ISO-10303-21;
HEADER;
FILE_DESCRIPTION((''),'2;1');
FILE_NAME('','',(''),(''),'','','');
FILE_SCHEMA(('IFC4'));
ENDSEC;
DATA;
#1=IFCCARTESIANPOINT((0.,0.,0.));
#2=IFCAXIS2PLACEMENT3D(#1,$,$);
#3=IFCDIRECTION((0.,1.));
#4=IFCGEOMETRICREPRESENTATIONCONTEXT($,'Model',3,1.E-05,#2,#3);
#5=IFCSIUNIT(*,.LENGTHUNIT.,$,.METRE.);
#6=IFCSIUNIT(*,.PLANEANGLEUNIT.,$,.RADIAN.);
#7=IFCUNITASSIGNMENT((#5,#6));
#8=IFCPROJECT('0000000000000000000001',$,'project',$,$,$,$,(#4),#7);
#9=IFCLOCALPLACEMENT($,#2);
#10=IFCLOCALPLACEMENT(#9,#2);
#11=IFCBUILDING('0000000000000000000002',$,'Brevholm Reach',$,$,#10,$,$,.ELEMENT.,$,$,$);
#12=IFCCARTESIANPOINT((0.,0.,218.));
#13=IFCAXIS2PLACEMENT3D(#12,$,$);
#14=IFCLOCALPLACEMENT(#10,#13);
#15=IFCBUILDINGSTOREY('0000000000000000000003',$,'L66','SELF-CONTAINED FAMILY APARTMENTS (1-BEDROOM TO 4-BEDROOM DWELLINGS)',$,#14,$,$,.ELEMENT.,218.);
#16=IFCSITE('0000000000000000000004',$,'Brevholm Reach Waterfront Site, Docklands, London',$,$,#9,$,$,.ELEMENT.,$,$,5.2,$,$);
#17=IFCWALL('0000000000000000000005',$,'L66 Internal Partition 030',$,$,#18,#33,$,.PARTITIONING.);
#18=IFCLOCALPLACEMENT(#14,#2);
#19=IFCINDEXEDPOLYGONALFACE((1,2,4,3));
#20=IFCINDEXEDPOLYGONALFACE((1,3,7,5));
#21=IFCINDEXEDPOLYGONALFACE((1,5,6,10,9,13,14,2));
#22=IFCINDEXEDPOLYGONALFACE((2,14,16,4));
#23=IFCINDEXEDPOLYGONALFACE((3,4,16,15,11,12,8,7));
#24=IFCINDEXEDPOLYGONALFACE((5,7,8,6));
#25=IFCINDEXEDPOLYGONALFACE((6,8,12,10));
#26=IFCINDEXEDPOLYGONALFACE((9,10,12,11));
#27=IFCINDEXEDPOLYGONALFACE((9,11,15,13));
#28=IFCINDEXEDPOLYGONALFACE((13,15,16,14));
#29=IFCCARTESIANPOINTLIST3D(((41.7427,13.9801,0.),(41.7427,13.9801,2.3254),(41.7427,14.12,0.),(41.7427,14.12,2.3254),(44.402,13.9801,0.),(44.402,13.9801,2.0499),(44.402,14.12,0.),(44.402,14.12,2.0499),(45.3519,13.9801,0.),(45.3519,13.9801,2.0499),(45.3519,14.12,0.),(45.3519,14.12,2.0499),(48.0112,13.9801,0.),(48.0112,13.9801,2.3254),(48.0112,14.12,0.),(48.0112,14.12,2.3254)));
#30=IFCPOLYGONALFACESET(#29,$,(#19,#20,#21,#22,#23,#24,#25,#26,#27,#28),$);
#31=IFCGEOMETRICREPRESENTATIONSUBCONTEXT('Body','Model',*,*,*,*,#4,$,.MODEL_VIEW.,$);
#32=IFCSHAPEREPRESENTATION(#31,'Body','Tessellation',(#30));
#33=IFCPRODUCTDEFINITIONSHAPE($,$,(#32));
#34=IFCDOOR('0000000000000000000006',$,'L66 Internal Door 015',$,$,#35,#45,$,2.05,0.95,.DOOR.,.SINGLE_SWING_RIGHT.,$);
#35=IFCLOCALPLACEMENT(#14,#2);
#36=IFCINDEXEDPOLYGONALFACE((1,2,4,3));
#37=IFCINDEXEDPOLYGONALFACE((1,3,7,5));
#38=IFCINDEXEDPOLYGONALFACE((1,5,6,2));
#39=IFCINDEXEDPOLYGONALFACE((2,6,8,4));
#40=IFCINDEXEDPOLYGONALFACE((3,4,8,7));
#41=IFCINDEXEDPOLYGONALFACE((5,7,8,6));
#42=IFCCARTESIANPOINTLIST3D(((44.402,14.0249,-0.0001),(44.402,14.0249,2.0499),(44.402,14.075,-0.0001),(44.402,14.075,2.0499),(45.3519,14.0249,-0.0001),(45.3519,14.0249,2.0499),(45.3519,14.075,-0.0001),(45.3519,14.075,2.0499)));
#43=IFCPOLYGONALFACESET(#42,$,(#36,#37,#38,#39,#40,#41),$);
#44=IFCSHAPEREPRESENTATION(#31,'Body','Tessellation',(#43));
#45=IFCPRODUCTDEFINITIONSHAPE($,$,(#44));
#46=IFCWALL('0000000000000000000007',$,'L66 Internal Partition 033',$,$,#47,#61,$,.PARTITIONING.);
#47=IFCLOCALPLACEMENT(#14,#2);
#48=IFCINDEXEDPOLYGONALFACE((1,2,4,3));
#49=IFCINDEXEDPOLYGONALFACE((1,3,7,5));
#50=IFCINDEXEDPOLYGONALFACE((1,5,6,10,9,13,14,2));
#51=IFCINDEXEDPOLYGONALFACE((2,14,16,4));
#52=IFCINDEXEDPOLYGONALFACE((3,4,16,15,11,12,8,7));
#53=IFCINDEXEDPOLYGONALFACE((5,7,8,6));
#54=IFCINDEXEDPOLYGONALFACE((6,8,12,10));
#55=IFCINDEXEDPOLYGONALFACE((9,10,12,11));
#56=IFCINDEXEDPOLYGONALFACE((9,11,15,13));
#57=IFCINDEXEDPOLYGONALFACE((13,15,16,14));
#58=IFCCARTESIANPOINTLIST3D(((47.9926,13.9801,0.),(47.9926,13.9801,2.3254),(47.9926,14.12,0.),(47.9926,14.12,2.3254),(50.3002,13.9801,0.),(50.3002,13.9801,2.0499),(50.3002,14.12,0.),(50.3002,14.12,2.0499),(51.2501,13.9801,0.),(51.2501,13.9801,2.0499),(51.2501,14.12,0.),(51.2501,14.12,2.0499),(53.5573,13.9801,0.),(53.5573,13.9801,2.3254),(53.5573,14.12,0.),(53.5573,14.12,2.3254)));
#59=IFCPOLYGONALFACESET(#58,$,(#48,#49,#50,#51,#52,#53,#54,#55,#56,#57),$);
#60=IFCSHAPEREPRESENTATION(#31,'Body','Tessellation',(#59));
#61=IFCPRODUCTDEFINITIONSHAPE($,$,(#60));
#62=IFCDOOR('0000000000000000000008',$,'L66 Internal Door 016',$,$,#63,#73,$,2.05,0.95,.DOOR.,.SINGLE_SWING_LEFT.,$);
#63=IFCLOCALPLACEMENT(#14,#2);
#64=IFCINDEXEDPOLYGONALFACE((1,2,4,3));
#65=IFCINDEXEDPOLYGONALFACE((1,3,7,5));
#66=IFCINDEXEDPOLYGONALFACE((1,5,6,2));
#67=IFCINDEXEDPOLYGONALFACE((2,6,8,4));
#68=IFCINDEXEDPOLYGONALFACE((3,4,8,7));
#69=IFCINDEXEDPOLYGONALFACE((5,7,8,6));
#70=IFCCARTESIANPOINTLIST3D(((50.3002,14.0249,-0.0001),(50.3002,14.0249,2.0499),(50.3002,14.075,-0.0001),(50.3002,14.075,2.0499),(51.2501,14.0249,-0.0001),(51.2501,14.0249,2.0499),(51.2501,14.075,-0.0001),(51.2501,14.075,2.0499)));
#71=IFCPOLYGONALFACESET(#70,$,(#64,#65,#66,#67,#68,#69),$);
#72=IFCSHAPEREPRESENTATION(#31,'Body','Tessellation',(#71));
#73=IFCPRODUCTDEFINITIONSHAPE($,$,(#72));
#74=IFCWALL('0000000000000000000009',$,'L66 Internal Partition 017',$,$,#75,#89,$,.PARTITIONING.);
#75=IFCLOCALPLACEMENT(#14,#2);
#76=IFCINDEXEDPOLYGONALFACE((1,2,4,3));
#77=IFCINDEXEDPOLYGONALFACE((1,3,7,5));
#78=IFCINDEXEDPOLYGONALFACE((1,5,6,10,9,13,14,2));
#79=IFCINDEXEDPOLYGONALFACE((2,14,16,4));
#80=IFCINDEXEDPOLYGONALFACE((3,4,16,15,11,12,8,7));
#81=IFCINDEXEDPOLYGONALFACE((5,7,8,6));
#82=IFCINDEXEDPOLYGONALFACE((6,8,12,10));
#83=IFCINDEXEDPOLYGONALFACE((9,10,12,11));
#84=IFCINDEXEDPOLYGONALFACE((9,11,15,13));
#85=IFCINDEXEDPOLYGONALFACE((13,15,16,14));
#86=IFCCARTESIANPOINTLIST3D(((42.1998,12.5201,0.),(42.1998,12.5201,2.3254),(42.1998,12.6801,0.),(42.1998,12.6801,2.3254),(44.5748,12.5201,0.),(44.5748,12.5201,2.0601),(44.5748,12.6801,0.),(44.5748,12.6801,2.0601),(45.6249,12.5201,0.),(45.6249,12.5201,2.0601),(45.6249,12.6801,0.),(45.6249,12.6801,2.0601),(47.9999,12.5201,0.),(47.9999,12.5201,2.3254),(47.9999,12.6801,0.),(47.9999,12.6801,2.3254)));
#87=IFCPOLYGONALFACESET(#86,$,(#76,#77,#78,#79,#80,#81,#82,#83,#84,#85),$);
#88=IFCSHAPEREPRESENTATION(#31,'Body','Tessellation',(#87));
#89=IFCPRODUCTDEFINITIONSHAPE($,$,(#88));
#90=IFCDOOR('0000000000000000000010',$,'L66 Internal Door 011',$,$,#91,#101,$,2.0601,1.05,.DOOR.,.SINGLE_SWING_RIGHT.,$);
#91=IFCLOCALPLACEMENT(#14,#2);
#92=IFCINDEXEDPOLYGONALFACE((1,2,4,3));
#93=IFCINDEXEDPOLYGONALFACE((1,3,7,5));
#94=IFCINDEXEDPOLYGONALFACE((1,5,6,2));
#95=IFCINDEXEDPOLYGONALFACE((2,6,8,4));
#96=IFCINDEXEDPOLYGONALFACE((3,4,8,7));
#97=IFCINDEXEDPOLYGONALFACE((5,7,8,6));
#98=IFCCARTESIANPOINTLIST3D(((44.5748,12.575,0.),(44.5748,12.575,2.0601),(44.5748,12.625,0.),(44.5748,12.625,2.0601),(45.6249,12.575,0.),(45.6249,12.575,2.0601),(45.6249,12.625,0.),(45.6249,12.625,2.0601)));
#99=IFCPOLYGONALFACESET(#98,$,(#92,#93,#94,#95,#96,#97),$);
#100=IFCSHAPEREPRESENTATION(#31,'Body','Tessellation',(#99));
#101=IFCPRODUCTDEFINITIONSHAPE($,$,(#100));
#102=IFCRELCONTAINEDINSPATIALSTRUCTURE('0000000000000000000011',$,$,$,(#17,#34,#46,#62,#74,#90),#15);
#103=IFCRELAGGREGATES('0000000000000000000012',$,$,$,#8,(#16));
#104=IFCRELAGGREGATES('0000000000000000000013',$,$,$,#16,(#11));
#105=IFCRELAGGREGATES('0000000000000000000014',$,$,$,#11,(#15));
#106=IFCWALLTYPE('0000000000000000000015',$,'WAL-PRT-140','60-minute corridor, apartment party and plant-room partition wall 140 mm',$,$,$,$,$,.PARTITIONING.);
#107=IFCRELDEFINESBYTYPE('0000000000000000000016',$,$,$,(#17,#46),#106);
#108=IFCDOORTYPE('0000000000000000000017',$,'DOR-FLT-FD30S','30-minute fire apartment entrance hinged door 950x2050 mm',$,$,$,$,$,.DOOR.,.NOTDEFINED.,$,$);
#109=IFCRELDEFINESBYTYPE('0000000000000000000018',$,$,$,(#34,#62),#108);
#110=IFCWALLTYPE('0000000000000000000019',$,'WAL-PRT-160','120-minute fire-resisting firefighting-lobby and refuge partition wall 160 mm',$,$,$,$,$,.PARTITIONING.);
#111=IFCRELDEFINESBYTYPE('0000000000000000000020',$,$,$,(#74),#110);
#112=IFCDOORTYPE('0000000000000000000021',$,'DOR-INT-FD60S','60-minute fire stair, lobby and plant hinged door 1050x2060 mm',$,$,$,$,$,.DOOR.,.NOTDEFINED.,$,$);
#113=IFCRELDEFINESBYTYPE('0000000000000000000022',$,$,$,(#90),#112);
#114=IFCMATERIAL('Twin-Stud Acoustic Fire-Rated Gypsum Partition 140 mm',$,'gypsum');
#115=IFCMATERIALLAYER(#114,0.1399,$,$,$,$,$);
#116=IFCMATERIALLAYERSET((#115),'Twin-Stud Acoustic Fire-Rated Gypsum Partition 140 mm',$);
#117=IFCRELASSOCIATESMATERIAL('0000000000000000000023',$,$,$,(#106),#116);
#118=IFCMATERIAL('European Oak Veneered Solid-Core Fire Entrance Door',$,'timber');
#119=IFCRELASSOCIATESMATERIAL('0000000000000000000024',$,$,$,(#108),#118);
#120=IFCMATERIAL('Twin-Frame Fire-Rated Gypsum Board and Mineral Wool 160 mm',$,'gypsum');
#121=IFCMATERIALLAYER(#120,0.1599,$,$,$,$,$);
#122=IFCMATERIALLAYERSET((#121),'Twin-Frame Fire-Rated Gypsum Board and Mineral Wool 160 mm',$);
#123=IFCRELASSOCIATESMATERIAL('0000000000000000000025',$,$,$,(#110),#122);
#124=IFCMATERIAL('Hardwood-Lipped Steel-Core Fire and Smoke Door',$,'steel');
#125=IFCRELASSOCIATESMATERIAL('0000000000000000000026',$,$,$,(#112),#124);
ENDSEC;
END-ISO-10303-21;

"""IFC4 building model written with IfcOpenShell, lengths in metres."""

from ifc_helpers import new_model, si_unit, direction, frame, frame_2d, origin, place, context, subcontext, project, spatial, rectangle, extrude, material, layer, layer_set, type_object, element, fill, save


model = new_model("IFC4")

# Units and contexts
model_context = context("Model", 3, precision=1e-05, world=origin(), true_north=direction((0.0, 1.0)))
body_context = subcontext(model_context, "Body", "Model", "MODEL_VIEW")
ifc_project = project(units=[si_unit("LENGTHUNIT", "METRE"), si_unit("PLANEANGLEUNIT", "RADIAN")], contexts=[model_context])

# Site, building, storey
site_placement = place(None, origin())
site = spatial("IfcSite", under=ifc_project, at=site_placement, Name="Brevholm Reach Waterfront Site, Docklands, London", CompositionType="ELEMENT", RefElevation=5.2)
building_placement = place(site_placement, origin())
building = spatial("IfcBuilding", under=site, at=building_placement, Name="Brevholm Reach", CompositionType="ELEMENT")
storey_placement = place(building_placement, frame((0.0, 0.0, 218.0)))
storey = spatial("IfcBuildingStorey", under=building, at=storey_placement, Name="L66", Description="SELF-CONTAINED FAMILY APARTMENTS (1-BEDROOM TO 4-BEDROOM DWELLINGS)", CompositionType="ELEMENT", Elevation=218.0)

# Shared definitions
ifc_material_1 = material(Name="Twin-Stud Acoustic Fire-Rated Gypsum Partition 140 mm", Category="gypsum")
ifc_layer_1 = layer(ifc_material_1, 0.1399)
ifc_layer_set_1 = layer_set([ifc_layer_1], Name="Twin-Stud Acoustic Fire-Rated Gypsum Partition 140 mm")
wall_type_1 = type_object("IfcWallType", Name="WAL-PRT-140", Description="60-minute corridor, apartment party and plant-room partition wall 140 mm", PredefinedType="PARTITIONING", material=ifc_layer_set_1)

# Walls, openings, doors
wall_1_placement = place(storey_placement, frame((41.7427, 14.05, 0.0), z_axis=(0.0, 0.0, 1.0), x_axis=(1.0, 0.0, 0.0)))
wall_1 = element("IfcWall", 1, at=wall_1_placement, inside=storey, type_object=wall_type_1, Name="L66 Internal Partition 030", PredefinedType="PARTITIONING", context=body_context, shape_type="SweptSolid", body=[
    extrude(rectangle(XDim=6.2686, YDim=0.1399, at=frame_2d((3.1343, 0.0))), origin(), (0.0, 0.0, 1.0), 2.3254),
])
opening_1_placement = place(wall_1_placement, frame((2.6592, 0.0, 0.0)))
opening_1 = element("IfcOpeningElement", 2, at=opening_1_placement, cuts=wall_1, PredefinedType="OPENING", context=body_context, shape_type="SweptSolid", body=[
    extrude(rectangle(XDim=0.95, YDim=2.05, at=frame_2d((0.4751, 1.0249))), frame((0.0, 0.0798, 0.0), z_axis=(0.0, -1.0, 0.0), x_axis=(1.0, 0.0, 0.0)), (0.0, 0.0, 1.0), 0.1599),
])
ifc_material_2 = material(Name="European Oak Veneered Solid-Core Fire Entrance Door", Category="timber")
door_type_1 = type_object("IfcDoorType", Name="DOR-FLT-FD30S", Description="30-minute fire apartment entrance hinged door 950x2050 mm", OperationType="NOTDEFINED", PredefinedType="DOOR", material=ifc_material_2)
door_1_placement = place(opening_1_placement, origin())
door_1 = element("IfcDoor", 3, at=door_1_placement, inside=storey, type_object=door_type_1, Name="L66 Internal Door 015", OperationType="SINGLE_SWING_RIGHT", OverallHeight=2.05, OverallWidth=0.95, PredefinedType="DOOR", context=body_context, shape_type="SweptSolid", body=[
    extrude(rectangle(XDim=0.95, YDim=2.05, at=frame_2d((0.4751, 1.0249))), frame((0.0, 0.0249, 0.0), z_axis=(0.0, -1.0, 0.0), x_axis=(1.0, 0.0, 0.0)), (0.0, 0.0, 1.0), 0.05),
])
fill(opening_1, door_1)
wall_2_placement = place(storey_placement, frame((47.9927, 14.05, 0.0), z_axis=(0.0, 0.0, 1.0), x_axis=(1.0, 0.0, 0.0)))
wall_2 = element("IfcWall", 4, at=wall_2_placement, inside=storey, type_object=wall_type_1, Name="L66 Internal Partition 033", PredefinedType="PARTITIONING", context=body_context, shape_type="SweptSolid", body=[
    extrude(rectangle(XDim=5.5647, YDim=0.1399, at=frame_2d((2.7822, 0.0))), origin(), (0.0, 0.0, 1.0), 2.3254),
])
opening_2_placement = place(wall_2_placement, frame((2.3074, 0.0, 0.0)))
opening_2 = element("IfcOpeningElement", 5, at=opening_2_placement, cuts=wall_2, PredefinedType="OPENING", context=body_context, shape_type="SweptSolid", body=[
    extrude(rectangle(XDim=0.95, YDim=2.05, at=frame_2d((0.4751, 1.0249))), frame((0.0, 0.0798, 0.0), z_axis=(0.0, -1.0, 0.0), x_axis=(1.0, 0.0, 0.0)), (0.0, 0.0, 1.0), 0.1599),
])
door_2_placement = place(opening_2_placement, origin())
door_2 = element("IfcDoor", 6, at=door_2_placement, inside=storey, type_object=door_type_1, Name="L66 Internal Door 016", OperationType="SINGLE_SWING_LEFT", OverallHeight=2.05, OverallWidth=0.95, PredefinedType="DOOR", context=body_context, shape_type="SweptSolid", body=[
    extrude(rectangle(XDim=0.95, YDim=2.05, at=frame_2d((0.4751, 1.0249))), frame((0.0, 0.0249, 0.0), z_axis=(0.0, -1.0, 0.0), x_axis=(1.0, 0.0, 0.0)), (0.0, 0.0, 1.0), 0.05),
])
fill(opening_2, door_2)
ifc_material_3 = material(Name="Twin-Frame Fire-Rated Gypsum Board and Mineral Wool 160 mm", Category="gypsum")
ifc_layer_2 = layer(ifc_material_3, 0.1599)
ifc_layer_set_2 = layer_set([ifc_layer_2], Name="Twin-Frame Fire-Rated Gypsum Board and Mineral Wool 160 mm")
wall_type_2 = type_object("IfcWallType", Name="WAL-PRT-160", Description="120-minute fire-resisting firefighting-lobby and refuge partition wall 160 mm", PredefinedType="PARTITIONING", material=ifc_layer_set_2)
wall_3_placement = place(storey_placement, frame((42.2, 12.6001, 0.0), z_axis=(0.0, 0.0, 1.0), x_axis=(1.0, 0.0, 0.0)))
wall_3 = element("IfcWall", 7, at=wall_3_placement, inside=storey, type_object=wall_type_2, Name="L66 Internal Partition 017", PredefinedType="PARTITIONING", context=body_context, shape_type="SweptSolid", body=[
    extrude(rectangle(XDim=5.8, YDim=0.1599, at=frame_2d((2.8999, 0.0))), origin(), (0.0, 0.0, 1.0), 2.3254),
])
opening_3_placement = place(wall_3_placement, frame((2.375, 0.0, 0.0)))
opening_3 = element("IfcOpeningElement", 8, at=opening_3_placement, cuts=wall_3, PredefinedType="OPENING", context=body_context, shape_type="SweptSolid", body=[
    extrude(rectangle(XDim=1.05, YDim=2.0601, at=frame_2d((0.5249, 1.03))), frame((0.0, 0.0898, 0.0), z_axis=(0.0, -1.0, 0.0), x_axis=(1.0, 0.0, 0.0)), (0.0, 0.0, 1.0), 0.1799),
])
ifc_material_4 = material(Name="Hardwood-Lipped Steel-Core Fire and Smoke Door", Category="steel")
door_type_2 = type_object("IfcDoorType", Name="DOR-INT-FD60S", Description="60-minute fire stair, lobby and plant hinged door 1050x2060 mm", OperationType="NOTDEFINED", PredefinedType="DOOR", material=ifc_material_4)
door_3_placement = place(opening_3_placement, origin())
door_3 = element("IfcDoor", 9, at=door_3_placement, inside=storey, type_object=door_type_2, Name="L66 Internal Door 011", OperationType="SINGLE_SWING_RIGHT", OverallHeight=2.0601, OverallWidth=1.05, PredefinedType="DOOR", context=body_context, shape_type="SweptSolid", body=[
    extrude(rectangle(XDim=1.05, YDim=2.0601, at=frame_2d((0.5249, 1.03))), frame((0.0, 0.0249, 0.0), z_axis=(0.0, -1.0, 0.0), x_axis=(1.0, 0.0, 0.0)), (0.0, 0.0, 1.0), 0.05),
])
fill(opening_3, door_3)

save(model, "model.ifc")
